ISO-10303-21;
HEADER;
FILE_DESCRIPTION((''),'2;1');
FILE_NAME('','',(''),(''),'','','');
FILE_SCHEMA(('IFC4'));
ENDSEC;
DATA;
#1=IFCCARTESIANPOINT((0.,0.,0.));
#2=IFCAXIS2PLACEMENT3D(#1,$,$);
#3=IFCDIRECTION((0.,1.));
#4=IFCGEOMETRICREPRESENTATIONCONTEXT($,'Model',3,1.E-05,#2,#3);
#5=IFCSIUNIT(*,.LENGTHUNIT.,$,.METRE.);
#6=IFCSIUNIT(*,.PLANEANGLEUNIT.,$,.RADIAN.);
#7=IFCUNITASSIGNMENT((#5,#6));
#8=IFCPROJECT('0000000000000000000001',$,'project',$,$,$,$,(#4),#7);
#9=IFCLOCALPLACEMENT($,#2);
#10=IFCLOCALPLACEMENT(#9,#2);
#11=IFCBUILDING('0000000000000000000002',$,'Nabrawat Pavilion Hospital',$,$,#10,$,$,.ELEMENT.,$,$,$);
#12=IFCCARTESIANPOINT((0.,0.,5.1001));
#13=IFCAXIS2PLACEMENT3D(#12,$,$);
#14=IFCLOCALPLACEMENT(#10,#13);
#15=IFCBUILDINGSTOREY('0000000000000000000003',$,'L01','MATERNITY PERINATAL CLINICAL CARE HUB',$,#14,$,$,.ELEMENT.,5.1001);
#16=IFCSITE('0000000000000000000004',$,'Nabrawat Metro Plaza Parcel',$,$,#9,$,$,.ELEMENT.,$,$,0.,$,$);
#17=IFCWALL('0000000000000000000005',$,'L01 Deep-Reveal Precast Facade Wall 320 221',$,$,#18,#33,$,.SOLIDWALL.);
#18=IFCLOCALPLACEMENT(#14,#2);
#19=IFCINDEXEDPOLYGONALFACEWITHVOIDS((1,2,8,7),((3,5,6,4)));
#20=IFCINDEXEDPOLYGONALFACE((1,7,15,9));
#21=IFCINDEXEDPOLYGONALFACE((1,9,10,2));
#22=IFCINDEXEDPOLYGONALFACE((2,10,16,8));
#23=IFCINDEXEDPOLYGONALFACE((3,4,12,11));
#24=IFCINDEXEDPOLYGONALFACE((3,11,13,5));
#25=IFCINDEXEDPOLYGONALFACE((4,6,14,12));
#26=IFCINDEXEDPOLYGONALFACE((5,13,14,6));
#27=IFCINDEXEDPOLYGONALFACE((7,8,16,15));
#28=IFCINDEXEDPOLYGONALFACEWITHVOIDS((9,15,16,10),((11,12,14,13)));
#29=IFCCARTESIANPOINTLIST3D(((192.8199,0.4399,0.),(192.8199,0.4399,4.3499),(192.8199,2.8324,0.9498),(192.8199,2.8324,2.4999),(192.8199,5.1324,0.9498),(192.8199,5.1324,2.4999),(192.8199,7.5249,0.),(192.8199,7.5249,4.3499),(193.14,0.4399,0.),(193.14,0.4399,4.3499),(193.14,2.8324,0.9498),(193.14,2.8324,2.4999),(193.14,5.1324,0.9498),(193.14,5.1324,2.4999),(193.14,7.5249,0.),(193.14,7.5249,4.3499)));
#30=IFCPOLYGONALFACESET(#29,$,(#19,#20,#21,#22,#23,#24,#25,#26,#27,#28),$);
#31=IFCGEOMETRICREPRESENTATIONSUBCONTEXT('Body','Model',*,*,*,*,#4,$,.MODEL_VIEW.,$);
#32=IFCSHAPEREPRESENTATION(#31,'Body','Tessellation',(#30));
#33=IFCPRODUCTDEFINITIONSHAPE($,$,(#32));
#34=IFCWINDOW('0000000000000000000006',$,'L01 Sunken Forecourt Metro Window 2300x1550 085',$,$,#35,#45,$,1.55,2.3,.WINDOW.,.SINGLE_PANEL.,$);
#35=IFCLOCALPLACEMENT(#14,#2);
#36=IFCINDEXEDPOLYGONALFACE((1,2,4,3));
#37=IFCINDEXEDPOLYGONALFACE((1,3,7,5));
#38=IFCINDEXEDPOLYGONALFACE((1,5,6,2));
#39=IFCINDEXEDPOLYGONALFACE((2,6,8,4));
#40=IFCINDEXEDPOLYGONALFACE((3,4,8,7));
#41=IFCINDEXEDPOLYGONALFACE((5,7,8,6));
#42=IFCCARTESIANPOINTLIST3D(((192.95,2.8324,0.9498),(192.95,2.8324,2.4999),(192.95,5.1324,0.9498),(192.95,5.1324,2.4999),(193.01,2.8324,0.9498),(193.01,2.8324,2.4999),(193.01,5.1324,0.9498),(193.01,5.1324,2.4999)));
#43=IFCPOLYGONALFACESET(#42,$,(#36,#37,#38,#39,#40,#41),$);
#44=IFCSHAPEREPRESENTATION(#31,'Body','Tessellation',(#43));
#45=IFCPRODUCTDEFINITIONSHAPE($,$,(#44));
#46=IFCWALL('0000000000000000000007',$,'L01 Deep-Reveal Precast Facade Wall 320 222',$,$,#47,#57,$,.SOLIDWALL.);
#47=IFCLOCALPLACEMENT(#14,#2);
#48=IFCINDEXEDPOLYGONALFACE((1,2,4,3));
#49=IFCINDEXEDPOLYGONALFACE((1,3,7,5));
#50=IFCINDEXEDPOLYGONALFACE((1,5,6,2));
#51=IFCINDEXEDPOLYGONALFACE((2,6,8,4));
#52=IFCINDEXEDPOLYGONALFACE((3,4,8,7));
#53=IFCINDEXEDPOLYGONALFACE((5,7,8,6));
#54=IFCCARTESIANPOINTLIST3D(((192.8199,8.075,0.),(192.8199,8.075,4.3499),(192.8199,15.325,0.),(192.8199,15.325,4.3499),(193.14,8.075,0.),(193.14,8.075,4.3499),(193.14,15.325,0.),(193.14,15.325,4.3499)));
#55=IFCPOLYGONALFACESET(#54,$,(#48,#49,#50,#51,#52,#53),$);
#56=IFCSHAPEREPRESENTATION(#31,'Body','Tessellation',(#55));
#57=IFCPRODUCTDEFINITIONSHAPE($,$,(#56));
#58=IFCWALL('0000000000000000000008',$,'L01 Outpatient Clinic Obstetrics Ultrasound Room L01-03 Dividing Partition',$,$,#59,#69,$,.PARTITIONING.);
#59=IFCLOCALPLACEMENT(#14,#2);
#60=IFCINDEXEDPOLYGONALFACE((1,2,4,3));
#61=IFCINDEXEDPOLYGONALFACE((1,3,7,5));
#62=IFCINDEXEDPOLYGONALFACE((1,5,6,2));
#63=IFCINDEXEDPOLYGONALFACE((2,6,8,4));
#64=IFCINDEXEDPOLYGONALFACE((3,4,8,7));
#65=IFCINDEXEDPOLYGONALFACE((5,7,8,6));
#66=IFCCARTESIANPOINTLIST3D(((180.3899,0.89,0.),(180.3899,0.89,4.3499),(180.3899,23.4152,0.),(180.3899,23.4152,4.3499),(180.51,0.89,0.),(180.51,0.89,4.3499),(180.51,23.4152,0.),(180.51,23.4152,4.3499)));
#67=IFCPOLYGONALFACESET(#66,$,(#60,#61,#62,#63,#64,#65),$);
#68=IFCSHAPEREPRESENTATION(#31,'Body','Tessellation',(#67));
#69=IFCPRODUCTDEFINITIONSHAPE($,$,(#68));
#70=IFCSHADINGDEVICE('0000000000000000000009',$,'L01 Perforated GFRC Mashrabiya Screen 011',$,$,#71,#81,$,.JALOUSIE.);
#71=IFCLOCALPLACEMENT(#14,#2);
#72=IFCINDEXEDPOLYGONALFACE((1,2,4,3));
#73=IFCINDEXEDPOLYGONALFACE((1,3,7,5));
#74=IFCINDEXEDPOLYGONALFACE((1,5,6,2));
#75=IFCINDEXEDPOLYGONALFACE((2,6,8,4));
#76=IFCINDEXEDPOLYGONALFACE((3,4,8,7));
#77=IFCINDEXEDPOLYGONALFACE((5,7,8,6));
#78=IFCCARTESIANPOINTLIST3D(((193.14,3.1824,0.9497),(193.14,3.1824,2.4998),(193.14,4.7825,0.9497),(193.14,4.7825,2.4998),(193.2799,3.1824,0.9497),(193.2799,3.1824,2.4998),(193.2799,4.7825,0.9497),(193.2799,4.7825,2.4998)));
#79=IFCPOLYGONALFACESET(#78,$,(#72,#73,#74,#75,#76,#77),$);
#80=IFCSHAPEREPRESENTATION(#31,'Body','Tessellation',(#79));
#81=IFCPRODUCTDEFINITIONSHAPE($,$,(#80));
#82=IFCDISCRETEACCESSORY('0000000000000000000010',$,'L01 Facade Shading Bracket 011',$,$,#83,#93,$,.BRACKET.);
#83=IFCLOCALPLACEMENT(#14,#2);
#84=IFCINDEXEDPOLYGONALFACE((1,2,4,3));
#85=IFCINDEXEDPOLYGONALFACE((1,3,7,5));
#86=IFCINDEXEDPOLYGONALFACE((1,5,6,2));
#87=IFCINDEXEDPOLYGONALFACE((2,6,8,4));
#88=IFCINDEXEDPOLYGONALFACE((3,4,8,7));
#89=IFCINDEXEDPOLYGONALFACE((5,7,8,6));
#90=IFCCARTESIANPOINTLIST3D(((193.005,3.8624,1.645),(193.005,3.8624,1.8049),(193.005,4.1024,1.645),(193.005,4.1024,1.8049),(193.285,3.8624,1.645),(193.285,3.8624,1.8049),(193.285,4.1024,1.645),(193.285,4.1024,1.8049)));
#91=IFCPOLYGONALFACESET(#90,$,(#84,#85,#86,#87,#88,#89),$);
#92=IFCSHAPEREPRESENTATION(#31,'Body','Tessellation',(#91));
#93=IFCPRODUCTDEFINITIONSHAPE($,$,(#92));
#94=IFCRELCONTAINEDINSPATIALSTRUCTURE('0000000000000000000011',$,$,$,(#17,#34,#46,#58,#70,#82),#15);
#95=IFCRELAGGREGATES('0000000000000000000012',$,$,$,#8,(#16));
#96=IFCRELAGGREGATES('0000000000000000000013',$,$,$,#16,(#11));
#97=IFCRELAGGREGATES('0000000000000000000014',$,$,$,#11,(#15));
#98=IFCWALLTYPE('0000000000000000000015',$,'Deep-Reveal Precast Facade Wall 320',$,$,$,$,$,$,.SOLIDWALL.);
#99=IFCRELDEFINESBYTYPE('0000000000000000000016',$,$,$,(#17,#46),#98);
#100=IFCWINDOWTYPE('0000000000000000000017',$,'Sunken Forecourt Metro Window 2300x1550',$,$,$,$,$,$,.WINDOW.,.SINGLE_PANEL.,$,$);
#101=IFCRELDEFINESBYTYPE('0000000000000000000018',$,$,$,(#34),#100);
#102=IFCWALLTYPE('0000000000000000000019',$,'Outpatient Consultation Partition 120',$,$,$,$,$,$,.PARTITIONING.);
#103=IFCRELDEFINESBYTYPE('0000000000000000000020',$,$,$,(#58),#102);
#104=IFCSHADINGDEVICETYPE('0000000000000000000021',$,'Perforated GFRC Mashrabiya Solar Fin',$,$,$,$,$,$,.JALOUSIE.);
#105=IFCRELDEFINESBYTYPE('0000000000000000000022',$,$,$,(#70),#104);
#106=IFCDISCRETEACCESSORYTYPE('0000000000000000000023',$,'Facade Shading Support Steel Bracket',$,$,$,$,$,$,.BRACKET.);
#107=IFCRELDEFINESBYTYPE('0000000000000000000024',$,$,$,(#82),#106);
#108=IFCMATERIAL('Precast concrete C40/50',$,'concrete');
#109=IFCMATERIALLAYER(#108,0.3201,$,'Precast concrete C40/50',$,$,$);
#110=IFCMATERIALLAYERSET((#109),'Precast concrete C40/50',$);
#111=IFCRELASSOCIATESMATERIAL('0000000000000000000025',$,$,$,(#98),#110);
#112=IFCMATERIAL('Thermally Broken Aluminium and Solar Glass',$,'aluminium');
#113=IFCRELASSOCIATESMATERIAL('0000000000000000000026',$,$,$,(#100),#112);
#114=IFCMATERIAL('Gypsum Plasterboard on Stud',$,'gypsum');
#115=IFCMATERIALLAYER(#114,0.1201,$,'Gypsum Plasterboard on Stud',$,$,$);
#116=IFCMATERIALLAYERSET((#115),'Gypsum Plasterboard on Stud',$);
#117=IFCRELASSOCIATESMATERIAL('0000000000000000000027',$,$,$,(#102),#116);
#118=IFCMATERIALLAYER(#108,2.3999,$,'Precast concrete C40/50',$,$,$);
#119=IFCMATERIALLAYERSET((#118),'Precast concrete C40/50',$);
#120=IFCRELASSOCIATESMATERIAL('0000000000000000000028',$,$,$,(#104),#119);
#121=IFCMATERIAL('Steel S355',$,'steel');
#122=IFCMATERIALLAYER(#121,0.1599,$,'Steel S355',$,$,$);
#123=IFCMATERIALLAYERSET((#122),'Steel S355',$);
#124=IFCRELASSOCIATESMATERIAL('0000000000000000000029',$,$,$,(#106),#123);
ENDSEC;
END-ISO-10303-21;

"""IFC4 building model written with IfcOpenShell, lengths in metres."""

from ifc_helpers import new_model, si_unit, direction, frame, frame_2d, origin, origin_2d, place, context, subcontext, project, spatial, rectangle, extrude, material, layer, layer_set, type_object, element, fill, save


model = new_model("IFC4")

# Units and contexts
model_context = context("Model", 3, precision=1e-05, world=origin(), true_north=direction((0.0, 1.0)))
body_context = subcontext(model_context, "Body", "Model", "MODEL_VIEW")
ifc_project = project(units=[si_unit("LENGTHUNIT", "METRE"), si_unit("PLANEANGLEUNIT", "RADIAN")], contexts=[model_context])

# Site, building, storey
site_placement = place(None, origin())
site = spatial("IfcSite", under=ifc_project, at=site_placement, Name="Nabrawat Metro Plaza Parcel", CompositionType="ELEMENT", RefElevation=0.0)
building_placement = place(site_placement, origin())
building = spatial("IfcBuilding", under=site, at=building_placement, Name="Nabrawat Pavilion Hospital", CompositionType="ELEMENT")
storey_placement = place(building_placement, frame((0.0, 0.0, 5.1001)))
storey = spatial("IfcBuildingStorey", under=building, at=storey_placement, Name="L01", Description="MATERNITY PERINATAL CLINICAL CARE HUB", CompositionType="ELEMENT", Elevation=5.1001)

# Shared definitions
ifc_material_1 = material(Name="Steel S355", Category="steel")

# Shared definitions
ifc_material_2 = material(Name="Precast concrete C40/50", Category="concrete")
ifc_layer_1 = layer(ifc_material_2, 0.3201, Name="Precast concrete C40/50")
ifc_layer_set_1 = layer_set([ifc_layer_1], Name="Precast concrete C40/50")
wall_type_1 = type_object("IfcWallType", Name="Deep-Reveal Precast Facade Wall 320", PredefinedType="SOLIDWALL", material=ifc_layer_set_1)

# Wall, opening, window
wall_1_placement = place(storey_placement, frame((192.98, 0.4399, 0.0), z_axis=(0.0, 0.0, 1.0), x_axis=(0.0, 1.0, 0.0)))
wall_1 = element("IfcWall", 1, at=wall_1_placement, inside=storey, type_object=wall_type_1, Name="L01 Deep-Reveal Precast Facade Wall 320 221", PredefinedType="SOLIDWALL", context=body_context, shape_type="SweptSolid", body=[
    extrude(rectangle(XDim=7.085, YDim=0.3201, at=frame_2d((3.5425, 0.0))), origin(), (0.0, 0.0, 1.0), 4.3499),
])
opening_placement = place(wall_1_placement, frame((2.3926, 0.0, 0.95)))
opening = element("IfcOpeningElement", 2, at=opening_placement, cuts=wall_1, PredefinedType="OPENING", context=body_context, shape_type="SweptSolid", body=[
    extrude(rectangle(XDim=2.3, YDim=1.55, at=frame_2d((1.1499, 0.7749))), frame((0.0, 0.1699, 0.0), z_axis=(0.0, -1.0, 0.0), x_axis=(1.0, 0.0, 0.0)), (0.0, 0.0, 1.0), 0.3401),
])
ifc_material_3 = material(Name="Thermally Broken Aluminium and Solar Glass", Category="aluminium")
window_type = type_object("IfcWindowType", Name="Sunken Forecourt Metro Window 2300x1550", PartitioningType="SINGLE_PANEL", PredefinedType="WINDOW", material=ifc_material_3)
window_placement = place(opening_placement, origin())
window = element("IfcWindow", 3, at=window_placement, inside=storey, type_object=window_type, Name="L01 Sunken Forecourt Metro Window 2300x1550 085", OverallHeight=1.55, OverallWidth=2.3, PartitioningType="SINGLE_PANEL", PredefinedType="WINDOW", context=body_context, shape_type="SweptSolid", body=[
    extrude(rectangle(XDim=2.3, YDim=1.55, at=frame_2d((1.1499, 0.7749))), frame((0.0, 0.03, 0.0), z_axis=(0.0, -1.0, 0.0), x_axis=(1.0, 0.0, 0.0)), (0.0, 0.0, 1.0), 0.0601),
])
fill(opening, window)

# Walls
wall_2_placement = place(storey_placement, frame((192.98, 8.075, 0.0), z_axis=(0.0, 0.0, 1.0), x_axis=(0.0, 1.0, 0.0)))
element("IfcWall", 4, at=wall_2_placement, inside=storey, type_object=wall_type_1, Name="L01 Deep-Reveal Precast Facade Wall 320 222", PredefinedType="SOLIDWALL", context=body_context, shape_type="SweptSolid", body=[
    extrude(rectangle(XDim=7.25, YDim=0.3201, at=frame_2d((3.625, 0.0))), origin(), (0.0, 0.0, 1.0), 4.3499),
])
ifc_material_4 = material(Name="Gypsum Plasterboard on Stud", Category="gypsum")
ifc_layer_2 = layer(ifc_material_4, 0.1201, Name="Gypsum Plasterboard on Stud")
ifc_layer_set_2 = layer_set([ifc_layer_2], Name="Gypsum Plasterboard on Stud")
wall_type_2 = type_object("IfcWallType", Name="Outpatient Consultation Partition 120", PredefinedType="PARTITIONING", material=ifc_layer_set_2)
wall_3_placement = place(storey_placement, frame((180.45, 0.8899, 0.0), z_axis=(0.0, 0.0, 1.0), x_axis=(0.0, 1.0, 0.0)))
element("IfcWall", 5, at=wall_3_placement, inside=storey, type_object=wall_type_2, Name="L01 Outpatient Clinic Obstetrics Ultrasound Room L01-03 Dividing Partition", PredefinedType="PARTITIONING", context=body_context, shape_type="SweptSolid", body=[
    extrude(rectangle(XDim=22.5251, YDim=0.1201, at=frame_2d((11.2627, 0.0))), origin(), (0.0, 0.0, 1.0), 4.3499),
])

# Shading device
ifc_layer_3 = layer(ifc_material_2, 2.3999, Name="Precast concrete C40/50")
ifc_layer_set_3 = layer_set([ifc_layer_3], Name="Precast concrete C40/50")
shading_device_type = type_object("IfcShadingDeviceType", Name="Perforated GFRC Mashrabiya Solar Fin", PredefinedType="JALOUSIE", material=ifc_layer_set_3)
shading_device_placement = place(storey_placement, frame((193.21, 3.9824, 0.9497), z_axis=(0.0, 0.0, 1.0), x_axis=(0.0, 1.0, 0.0)))
element("IfcShadingDevice", 6, at=shading_device_placement, inside=storey, type_object=shading_device_type, Name="L01 Perforated GFRC Mashrabiya Screen 011", PredefinedType="JALOUSIE", context=body_context, shape_type="SweptSolid", body=[
    extrude(rectangle(XDim=1.6001, YDim=0.1399, at=origin_2d()), origin(), (0.0, 0.0, 1.0), 1.55),
])

# Discrete accessory
ifc_layer_4 = layer(ifc_material_1, 0.1599, Name="Steel S355")
ifc_layer_set_4 = layer_set([ifc_layer_4], Name="Steel S355")
discrete_accessory_type = type_object("IfcDiscreteAccessoryType", Name="Facade Shading Support Steel Bracket", PredefinedType="BRACKET", material=ifc_layer_set_4)
discrete_accessory_placement = place(storey_placement, frame((193.145, 3.9824, 1.645), z_axis=(0.0, 0.0, 1.0), x_axis=(0.0, 1.0, 0.0)))
element("IfcDiscreteAccessory", 7, at=discrete_accessory_placement, inside=storey, type_object=discrete_accessory_type, Name="L01 Facade Shading Bracket 011", PredefinedType="BRACKET", context=body_context, shape_type="SweptSolid", body=[
    extrude(rectangle(XDim=0.24, YDim=0.28, at=origin_2d()), origin(), (0.0, 0.0, 1.0), 0.1599),
])

save(model, "model.ifc")
